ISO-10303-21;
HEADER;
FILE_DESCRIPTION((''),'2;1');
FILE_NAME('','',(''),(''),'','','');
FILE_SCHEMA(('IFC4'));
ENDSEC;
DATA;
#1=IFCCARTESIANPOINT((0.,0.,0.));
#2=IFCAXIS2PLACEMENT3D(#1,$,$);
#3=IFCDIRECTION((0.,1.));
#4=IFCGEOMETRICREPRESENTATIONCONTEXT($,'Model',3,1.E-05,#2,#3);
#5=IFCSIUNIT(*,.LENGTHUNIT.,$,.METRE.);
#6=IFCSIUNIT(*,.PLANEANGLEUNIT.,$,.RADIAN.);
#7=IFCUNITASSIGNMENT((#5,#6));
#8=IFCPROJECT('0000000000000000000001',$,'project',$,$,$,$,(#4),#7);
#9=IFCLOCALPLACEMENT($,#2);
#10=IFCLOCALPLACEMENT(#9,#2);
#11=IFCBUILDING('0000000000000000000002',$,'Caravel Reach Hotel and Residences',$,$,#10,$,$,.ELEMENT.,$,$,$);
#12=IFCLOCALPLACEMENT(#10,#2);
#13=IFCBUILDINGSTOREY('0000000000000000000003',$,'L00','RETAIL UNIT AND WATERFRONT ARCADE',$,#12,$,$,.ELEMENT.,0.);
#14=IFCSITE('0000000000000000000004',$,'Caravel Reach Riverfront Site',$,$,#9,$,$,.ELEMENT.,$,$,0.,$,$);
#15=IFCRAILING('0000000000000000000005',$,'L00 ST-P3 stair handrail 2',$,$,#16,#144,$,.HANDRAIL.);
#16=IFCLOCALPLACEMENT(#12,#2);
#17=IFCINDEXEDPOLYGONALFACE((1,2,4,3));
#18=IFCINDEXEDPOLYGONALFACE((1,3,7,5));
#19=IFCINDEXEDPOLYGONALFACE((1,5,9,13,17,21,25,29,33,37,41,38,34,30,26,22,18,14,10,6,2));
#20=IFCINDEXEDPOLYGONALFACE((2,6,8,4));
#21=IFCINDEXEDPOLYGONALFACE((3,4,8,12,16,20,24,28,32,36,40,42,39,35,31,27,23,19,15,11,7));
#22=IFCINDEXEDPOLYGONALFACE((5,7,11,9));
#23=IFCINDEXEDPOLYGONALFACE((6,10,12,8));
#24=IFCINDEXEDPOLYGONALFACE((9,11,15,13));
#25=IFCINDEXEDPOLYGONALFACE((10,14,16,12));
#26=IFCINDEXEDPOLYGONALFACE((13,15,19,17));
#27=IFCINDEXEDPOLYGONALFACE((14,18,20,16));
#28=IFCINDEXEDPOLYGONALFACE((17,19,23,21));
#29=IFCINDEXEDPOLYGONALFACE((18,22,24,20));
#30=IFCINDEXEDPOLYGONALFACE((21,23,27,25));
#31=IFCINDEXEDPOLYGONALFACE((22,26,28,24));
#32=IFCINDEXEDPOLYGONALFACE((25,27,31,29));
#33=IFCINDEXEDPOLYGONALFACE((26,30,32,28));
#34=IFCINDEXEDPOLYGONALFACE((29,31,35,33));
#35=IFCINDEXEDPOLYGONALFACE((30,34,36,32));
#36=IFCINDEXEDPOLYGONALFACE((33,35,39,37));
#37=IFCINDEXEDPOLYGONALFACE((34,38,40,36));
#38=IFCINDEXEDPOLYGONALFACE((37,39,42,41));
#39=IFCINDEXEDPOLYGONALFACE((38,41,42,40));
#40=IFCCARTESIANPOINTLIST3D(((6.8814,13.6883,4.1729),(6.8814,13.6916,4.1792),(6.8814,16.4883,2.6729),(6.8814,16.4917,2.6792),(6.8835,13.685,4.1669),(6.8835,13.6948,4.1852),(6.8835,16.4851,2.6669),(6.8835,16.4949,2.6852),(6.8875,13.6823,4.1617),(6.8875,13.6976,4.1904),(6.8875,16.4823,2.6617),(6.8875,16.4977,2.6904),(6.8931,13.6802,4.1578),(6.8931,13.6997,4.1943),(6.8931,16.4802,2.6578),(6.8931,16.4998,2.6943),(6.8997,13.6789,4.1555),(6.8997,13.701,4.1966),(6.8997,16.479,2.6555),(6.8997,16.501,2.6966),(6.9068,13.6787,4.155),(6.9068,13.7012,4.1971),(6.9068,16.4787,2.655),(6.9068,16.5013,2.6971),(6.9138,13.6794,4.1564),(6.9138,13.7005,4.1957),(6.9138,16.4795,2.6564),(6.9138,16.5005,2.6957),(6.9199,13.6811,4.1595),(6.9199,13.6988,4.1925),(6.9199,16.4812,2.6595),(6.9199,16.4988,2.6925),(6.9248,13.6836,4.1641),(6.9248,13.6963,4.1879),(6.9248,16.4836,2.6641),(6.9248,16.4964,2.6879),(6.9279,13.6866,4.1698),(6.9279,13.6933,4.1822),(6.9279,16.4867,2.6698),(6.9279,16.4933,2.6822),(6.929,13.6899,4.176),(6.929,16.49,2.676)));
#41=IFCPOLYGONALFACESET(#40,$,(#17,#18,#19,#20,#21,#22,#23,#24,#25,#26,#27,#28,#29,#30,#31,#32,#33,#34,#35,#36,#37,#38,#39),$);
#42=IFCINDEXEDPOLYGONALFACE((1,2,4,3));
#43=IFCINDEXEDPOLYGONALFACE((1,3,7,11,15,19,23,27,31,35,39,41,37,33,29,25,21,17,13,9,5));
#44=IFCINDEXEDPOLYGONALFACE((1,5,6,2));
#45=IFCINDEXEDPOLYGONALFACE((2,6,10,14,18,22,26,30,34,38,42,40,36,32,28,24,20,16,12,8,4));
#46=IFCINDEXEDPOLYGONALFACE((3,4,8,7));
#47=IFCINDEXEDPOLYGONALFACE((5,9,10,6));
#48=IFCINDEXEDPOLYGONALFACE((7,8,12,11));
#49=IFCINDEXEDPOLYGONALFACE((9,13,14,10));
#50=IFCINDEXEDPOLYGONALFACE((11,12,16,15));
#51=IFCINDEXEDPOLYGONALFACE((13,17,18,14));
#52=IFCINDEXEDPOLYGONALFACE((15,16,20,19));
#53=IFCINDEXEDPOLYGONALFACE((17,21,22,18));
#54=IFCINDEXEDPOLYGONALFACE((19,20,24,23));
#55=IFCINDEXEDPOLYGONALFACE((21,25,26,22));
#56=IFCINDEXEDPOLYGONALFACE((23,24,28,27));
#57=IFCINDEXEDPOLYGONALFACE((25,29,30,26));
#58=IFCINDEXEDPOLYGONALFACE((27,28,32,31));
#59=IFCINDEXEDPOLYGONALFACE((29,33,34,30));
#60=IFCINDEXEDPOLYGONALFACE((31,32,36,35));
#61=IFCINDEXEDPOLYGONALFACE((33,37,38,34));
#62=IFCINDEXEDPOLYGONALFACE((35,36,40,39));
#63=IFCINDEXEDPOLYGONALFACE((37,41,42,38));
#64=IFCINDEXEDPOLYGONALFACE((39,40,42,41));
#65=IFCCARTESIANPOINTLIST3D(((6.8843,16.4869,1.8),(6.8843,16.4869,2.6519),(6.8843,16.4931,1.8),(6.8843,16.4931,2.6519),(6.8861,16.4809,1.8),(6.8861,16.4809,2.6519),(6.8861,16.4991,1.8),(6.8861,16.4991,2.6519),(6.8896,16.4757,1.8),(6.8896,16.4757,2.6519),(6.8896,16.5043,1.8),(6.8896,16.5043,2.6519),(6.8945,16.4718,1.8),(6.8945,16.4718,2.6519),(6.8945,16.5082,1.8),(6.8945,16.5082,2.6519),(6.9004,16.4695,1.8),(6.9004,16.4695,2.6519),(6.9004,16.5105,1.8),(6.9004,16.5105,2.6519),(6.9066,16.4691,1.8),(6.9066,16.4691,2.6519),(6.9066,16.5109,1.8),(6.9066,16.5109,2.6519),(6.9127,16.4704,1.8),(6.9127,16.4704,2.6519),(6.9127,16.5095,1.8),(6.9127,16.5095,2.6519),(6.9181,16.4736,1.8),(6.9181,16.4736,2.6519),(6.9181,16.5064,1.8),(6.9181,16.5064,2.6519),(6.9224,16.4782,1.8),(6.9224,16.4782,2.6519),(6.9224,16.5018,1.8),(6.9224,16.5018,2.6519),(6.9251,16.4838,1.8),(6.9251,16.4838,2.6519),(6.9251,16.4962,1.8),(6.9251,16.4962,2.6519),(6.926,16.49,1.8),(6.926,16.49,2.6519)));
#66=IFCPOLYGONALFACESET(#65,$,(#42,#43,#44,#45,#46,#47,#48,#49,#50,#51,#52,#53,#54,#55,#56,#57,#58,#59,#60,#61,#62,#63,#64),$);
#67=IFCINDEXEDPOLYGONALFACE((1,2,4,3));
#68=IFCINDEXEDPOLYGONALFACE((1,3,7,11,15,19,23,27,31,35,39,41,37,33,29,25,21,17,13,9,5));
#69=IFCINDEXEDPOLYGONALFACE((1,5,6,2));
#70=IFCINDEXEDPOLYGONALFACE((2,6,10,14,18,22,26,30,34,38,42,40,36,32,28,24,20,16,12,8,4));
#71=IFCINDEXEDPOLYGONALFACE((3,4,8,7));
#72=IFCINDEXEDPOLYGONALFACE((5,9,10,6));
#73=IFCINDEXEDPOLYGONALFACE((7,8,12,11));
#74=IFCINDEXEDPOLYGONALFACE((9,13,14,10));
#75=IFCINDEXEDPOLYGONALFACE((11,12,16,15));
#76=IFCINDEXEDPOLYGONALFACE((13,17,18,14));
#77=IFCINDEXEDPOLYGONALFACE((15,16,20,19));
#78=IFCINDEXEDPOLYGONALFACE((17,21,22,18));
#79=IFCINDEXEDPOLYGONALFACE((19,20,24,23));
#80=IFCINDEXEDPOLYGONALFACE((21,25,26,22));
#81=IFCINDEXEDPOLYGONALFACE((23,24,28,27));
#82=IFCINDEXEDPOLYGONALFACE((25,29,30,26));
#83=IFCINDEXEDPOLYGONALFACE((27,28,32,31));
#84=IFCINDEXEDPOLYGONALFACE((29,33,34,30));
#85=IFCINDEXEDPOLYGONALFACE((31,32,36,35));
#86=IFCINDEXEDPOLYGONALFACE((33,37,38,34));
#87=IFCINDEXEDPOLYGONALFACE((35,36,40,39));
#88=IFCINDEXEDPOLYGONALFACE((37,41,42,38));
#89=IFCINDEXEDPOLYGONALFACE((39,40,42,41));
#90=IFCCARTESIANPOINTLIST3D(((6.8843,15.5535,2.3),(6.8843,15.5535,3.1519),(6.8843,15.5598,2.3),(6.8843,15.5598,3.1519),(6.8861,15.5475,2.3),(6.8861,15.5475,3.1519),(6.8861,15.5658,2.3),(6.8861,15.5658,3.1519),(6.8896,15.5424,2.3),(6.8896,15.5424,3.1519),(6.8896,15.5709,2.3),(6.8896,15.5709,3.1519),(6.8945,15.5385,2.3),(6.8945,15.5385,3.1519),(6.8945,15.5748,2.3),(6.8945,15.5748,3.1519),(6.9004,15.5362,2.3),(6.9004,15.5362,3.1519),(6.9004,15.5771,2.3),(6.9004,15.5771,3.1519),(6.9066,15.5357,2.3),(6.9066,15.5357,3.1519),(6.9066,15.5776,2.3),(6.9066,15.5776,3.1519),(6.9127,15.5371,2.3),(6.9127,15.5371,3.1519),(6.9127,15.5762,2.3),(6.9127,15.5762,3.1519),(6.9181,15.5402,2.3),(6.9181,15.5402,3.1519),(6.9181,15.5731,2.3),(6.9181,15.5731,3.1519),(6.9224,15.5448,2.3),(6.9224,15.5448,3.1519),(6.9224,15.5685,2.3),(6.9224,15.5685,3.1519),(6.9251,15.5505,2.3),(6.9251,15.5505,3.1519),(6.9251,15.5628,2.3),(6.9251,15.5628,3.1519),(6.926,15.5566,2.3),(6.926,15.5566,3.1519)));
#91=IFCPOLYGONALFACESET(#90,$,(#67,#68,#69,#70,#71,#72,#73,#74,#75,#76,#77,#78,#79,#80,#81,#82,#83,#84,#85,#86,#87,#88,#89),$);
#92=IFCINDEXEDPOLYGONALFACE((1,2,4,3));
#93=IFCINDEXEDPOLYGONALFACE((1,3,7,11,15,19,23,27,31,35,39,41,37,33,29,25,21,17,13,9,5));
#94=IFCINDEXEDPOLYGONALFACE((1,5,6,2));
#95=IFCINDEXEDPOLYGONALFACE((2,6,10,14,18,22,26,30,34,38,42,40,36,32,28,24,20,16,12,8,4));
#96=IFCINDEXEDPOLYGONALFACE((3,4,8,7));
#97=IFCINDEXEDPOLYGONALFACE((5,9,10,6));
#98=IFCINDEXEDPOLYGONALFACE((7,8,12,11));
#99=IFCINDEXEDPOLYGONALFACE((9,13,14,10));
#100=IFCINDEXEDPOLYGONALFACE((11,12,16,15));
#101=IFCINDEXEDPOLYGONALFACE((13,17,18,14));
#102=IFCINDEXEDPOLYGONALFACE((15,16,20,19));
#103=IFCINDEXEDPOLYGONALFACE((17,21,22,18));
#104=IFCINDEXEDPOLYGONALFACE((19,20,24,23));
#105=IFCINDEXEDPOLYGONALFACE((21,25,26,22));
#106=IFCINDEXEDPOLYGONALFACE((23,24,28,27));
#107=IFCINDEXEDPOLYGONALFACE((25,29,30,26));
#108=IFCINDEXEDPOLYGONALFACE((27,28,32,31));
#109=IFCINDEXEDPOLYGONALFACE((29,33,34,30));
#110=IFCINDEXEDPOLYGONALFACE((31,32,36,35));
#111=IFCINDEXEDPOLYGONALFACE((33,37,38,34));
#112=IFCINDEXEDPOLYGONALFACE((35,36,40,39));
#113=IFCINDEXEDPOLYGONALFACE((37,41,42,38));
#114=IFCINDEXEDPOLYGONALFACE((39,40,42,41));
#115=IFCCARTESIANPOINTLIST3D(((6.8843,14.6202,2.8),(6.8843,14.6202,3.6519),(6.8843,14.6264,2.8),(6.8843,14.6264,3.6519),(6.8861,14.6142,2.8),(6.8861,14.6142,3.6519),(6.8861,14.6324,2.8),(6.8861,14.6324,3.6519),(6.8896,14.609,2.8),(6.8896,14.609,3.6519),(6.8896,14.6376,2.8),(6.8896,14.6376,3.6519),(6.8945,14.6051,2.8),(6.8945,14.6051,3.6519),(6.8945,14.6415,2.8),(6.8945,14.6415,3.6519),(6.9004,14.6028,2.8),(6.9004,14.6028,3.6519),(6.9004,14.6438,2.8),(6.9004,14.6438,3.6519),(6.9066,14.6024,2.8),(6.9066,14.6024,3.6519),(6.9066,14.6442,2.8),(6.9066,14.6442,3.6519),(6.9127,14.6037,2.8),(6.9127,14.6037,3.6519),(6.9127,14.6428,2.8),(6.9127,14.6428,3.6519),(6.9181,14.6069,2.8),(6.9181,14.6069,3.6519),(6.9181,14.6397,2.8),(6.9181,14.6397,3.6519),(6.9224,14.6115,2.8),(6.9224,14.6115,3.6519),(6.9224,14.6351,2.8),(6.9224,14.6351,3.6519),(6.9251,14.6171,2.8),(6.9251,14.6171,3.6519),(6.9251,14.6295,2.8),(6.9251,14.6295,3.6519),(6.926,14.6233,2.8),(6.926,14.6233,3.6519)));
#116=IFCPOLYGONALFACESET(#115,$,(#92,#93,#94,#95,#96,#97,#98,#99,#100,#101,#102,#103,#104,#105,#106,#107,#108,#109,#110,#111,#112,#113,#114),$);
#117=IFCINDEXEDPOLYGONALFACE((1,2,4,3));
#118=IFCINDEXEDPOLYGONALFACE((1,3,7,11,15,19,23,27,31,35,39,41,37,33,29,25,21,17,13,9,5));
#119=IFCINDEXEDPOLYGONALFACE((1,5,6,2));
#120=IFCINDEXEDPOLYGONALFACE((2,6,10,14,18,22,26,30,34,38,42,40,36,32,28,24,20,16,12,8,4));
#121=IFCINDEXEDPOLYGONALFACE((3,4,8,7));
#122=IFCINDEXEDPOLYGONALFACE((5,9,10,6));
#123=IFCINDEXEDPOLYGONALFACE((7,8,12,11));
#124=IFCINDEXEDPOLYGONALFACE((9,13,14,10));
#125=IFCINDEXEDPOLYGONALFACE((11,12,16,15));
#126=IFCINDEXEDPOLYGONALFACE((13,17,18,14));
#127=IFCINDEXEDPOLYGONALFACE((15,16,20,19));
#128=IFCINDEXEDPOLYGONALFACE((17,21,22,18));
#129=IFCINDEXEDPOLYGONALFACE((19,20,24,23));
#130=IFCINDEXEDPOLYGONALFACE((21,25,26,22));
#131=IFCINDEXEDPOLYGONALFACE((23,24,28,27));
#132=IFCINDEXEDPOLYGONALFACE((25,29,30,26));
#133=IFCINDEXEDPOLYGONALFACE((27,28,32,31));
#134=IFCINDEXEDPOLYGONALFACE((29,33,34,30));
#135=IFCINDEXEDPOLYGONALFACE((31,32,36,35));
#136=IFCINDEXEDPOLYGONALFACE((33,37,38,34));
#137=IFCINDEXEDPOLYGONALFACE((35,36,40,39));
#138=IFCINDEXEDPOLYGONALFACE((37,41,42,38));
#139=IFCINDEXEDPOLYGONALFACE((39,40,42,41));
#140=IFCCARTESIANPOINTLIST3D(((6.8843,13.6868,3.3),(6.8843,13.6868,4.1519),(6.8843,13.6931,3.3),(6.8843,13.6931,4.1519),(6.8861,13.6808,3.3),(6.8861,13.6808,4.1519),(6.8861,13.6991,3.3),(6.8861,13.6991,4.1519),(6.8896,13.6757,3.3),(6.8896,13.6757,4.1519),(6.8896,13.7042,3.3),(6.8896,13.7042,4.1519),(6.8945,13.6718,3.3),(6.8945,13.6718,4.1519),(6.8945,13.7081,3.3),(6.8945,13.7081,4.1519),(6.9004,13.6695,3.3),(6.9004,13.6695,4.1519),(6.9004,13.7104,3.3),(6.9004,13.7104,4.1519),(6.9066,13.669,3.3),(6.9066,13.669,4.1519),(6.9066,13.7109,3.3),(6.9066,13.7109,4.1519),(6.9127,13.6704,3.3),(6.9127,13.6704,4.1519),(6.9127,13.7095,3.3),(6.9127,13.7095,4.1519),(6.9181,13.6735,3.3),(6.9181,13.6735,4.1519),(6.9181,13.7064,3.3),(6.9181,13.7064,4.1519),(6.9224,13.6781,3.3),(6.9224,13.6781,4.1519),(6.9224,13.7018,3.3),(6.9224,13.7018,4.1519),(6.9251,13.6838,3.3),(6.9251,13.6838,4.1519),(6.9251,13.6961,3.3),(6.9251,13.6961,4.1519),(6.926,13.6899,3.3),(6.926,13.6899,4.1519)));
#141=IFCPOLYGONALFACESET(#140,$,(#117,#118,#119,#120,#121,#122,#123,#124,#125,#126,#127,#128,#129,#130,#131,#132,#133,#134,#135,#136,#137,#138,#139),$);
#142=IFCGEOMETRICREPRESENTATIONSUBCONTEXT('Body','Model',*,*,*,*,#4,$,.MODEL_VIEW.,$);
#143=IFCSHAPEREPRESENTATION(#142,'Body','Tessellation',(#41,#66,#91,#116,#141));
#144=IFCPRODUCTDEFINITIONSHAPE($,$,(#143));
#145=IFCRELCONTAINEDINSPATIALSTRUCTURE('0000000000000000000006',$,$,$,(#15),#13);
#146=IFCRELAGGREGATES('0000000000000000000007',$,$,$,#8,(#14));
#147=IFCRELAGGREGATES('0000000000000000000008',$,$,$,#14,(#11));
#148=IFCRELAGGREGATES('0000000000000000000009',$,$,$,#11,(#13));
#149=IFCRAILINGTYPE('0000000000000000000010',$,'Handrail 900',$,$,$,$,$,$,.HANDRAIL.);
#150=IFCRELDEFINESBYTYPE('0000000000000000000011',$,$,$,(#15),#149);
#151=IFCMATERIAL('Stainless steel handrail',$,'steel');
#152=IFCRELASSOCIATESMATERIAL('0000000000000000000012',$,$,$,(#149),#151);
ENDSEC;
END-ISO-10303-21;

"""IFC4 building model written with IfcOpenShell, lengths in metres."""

from ifc_helpers import new_model, si_unit, direction, frame, origin, origin_2d, place, context, subcontext, project, spatial, circle, extrude, material, type_object, element, save


model = new_model("IFC4")

# Units and contexts
model_context = context("Model", 3, precision=1e-05, world=origin(), true_north=direction((0.0, 1.0)))
body_context = subcontext(model_context, "Body", "Model", "MODEL_VIEW")
ifc_project = project(units=[si_unit("LENGTHUNIT", "METRE"), si_unit("PLANEANGLEUNIT", "RADIAN")], contexts=[model_context])

# Site, building, storey
site_placement = place(None, origin())
site = spatial("IfcSite", under=ifc_project, at=site_placement, Name="Caravel Reach Riverfront Site", CompositionType="ELEMENT", RefElevation=0.0)
building_placement = place(site_placement, origin())
building = spatial("IfcBuilding", under=site, at=building_placement, Name="Caravel Reach Hotel and Residences", CompositionType="ELEMENT")
storey_placement = place(building_placement, origin())
storey = spatial("IfcBuildingStorey", under=building, at=storey_placement, Name="L00", Description="RETAIL UNIT AND WATERFRONT ARCADE", CompositionType="ELEMENT", Elevation=0.0)

# Railing
ifc_material_1 = material(Name="Stainless steel handrail", Category="steel")
railing_type_1 = type_object("IfcRailingType", Name="Handrail 900", PredefinedType="HANDRAIL", material=ifc_material_1)
for number, where, name in (
    (1, (6.905, 16.49, 1.8), "L00 ST-P3 stair handrail 2"),
):
    element("IfcRailing", number, at=place(storey_placement, frame(where)), inside=storey, type_object=railing_type_1, Name=name, PredefinedType="HANDRAIL", context=body_context, shape_type="SweptSolid", body=[
        extrude(circle(Radius=0.0239, at=origin_2d()), frame((0.0, 0.0, 0.876), z_axis=(0.0, -0.881483, 0.472215), x_axis=(1.0, 0.0, 0.0)), (0.0, 0.0, 1.0), 3.1765),
        extrude(circle(Radius=0.021, at=origin_2d()), origin(), (0.0, 0.0, 1.0), 0.8518),
        extrude(circle(Radius=0.021, at=origin_2d()), frame((0.0, -0.9333, 0.5)), (0.0, 0.0, 1.0), 0.8518),
        extrude(circle(Radius=0.021, at=origin_2d()), frame((0.0, -1.8667, 1.0)), (0.0, 0.0, 1.0), 0.8518),
        extrude(circle(Radius=0.021, at=origin_2d()), frame((0.0, -2.8, 1.5)), (0.0, 0.0, 1.0), 0.8518),
    ])

save(model, "model.ifc")
